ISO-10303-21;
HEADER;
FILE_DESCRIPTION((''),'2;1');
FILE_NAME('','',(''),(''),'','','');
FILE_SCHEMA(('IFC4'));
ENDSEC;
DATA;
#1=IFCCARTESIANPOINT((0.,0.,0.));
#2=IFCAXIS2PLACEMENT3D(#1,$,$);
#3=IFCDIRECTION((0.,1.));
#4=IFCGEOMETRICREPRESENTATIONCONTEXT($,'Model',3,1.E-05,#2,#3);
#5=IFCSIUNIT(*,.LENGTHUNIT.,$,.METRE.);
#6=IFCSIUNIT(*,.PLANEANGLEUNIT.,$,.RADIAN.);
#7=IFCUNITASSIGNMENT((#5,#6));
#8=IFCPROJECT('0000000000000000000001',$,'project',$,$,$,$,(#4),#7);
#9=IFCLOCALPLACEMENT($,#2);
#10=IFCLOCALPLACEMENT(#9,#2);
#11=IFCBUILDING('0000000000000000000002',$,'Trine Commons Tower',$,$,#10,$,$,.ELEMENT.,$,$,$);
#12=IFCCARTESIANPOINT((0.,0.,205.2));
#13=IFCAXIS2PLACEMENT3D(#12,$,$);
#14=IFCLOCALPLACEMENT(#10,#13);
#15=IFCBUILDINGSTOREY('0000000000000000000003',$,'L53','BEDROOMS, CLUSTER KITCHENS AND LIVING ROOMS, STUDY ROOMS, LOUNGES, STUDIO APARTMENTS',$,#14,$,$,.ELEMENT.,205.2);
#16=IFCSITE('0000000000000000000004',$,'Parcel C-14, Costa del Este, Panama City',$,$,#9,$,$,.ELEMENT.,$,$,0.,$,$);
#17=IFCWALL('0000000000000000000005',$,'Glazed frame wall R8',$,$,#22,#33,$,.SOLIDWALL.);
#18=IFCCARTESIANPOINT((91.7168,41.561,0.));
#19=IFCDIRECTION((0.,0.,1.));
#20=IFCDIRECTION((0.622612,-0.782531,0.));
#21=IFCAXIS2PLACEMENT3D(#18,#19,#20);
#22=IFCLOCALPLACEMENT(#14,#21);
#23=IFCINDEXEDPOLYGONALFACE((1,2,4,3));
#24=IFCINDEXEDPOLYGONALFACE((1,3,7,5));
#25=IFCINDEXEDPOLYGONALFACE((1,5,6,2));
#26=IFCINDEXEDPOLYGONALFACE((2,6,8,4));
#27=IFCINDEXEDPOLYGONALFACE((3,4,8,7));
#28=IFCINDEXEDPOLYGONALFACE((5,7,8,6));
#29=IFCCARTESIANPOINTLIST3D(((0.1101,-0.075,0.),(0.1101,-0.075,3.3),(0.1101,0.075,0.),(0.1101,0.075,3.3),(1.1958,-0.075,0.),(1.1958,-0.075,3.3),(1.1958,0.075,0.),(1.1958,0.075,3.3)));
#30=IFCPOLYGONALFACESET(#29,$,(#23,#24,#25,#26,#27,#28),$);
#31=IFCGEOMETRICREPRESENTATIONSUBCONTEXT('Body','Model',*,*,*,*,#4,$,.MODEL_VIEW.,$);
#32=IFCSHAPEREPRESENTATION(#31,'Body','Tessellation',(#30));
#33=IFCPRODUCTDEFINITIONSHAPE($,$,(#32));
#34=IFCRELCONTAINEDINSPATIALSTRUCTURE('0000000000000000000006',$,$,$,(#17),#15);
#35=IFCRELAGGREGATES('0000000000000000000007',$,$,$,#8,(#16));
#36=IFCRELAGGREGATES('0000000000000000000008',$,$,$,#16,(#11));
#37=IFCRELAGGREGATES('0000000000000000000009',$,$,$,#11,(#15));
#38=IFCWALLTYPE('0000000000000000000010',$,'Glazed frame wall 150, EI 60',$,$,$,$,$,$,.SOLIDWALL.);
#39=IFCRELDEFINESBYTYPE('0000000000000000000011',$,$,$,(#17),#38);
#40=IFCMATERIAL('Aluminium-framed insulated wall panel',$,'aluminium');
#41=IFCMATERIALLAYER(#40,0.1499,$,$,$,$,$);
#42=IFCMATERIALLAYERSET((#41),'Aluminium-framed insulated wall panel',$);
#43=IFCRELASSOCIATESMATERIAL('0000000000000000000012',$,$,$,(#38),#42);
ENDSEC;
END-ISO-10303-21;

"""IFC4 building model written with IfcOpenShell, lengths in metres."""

from ifc_helpers import new_model, si_unit, direction, frame, origin, place, context, subcontext, project, spatial, polyline, outline, extrude, material, layer, layer_set, type_object, element, save


model = new_model("IFC4")

# Units and contexts
model_context = context("Model", 3, precision=1e-05, world=origin(), true_north=direction((0.0, 1.0)))
body_context = subcontext(model_context, "Body", "Model", "MODEL_VIEW")
ifc_project = project(units=[si_unit("LENGTHUNIT", "METRE"), si_unit("PLANEANGLEUNIT", "RADIAN")], contexts=[model_context])

# Site, building, storey
site_placement = place(None, origin())
site = spatial("IfcSite", under=ifc_project, at=site_placement, Name="Parcel C-14, Costa del Este, Panama City", CompositionType="ELEMENT", RefElevation=0.0)
building_placement = place(site_placement, origin())
building = spatial("IfcBuilding", under=site, at=building_placement, Name="Trine Commons Tower", CompositionType="ELEMENT")
storey_placement = place(building_placement, frame((0.0, 0.0, 205.2)))
storey = spatial("IfcBuildingStorey", under=building, at=storey_placement, Name="L53", Description="BEDROOMS, CLUSTER KITCHENS AND LIVING ROOMS, STUDY ROOMS, LOUNGES, STUDIO APARTMENTS", CompositionType="ELEMENT", Elevation=205.2)

# Wall
ifc_material_1 = material(Name="Aluminium-framed insulated wall panel", Category="aluminium")
ifc_layer_1 = layer(ifc_material_1, 0.1499)
ifc_layer_set_1 = layer_set([ifc_layer_1], Name="Aluminium-framed insulated wall panel")
wall_type_1 = type_object("IfcWallType", Name="Glazed frame wall 150, EI 60", PredefinedType="SOLIDWALL", material=ifc_layer_set_1)
wall_1_placement = place(storey_placement, frame((91.7168, 41.561, 0.0), z_axis=(0.0, 0.0, 1.0), x_axis=(0.622612, -0.782531, 0.0)))
element("IfcWall", 1, at=wall_1_placement, inside=storey, type_object=wall_type_1, Name="Glazed frame wall R8", PredefinedType="SOLIDWALL", context=body_context, shape_type="SweptSolid", body=[
    extrude(outline(polyline([(0.1101, 0.075), (0.1101, -0.075), (1.1958, -0.075), (1.1958, 0.075), (0.1101, 0.075)])), origin(), (0.0, 0.0, 1.0), 3.3),
])

save(model, "model.ifc")
